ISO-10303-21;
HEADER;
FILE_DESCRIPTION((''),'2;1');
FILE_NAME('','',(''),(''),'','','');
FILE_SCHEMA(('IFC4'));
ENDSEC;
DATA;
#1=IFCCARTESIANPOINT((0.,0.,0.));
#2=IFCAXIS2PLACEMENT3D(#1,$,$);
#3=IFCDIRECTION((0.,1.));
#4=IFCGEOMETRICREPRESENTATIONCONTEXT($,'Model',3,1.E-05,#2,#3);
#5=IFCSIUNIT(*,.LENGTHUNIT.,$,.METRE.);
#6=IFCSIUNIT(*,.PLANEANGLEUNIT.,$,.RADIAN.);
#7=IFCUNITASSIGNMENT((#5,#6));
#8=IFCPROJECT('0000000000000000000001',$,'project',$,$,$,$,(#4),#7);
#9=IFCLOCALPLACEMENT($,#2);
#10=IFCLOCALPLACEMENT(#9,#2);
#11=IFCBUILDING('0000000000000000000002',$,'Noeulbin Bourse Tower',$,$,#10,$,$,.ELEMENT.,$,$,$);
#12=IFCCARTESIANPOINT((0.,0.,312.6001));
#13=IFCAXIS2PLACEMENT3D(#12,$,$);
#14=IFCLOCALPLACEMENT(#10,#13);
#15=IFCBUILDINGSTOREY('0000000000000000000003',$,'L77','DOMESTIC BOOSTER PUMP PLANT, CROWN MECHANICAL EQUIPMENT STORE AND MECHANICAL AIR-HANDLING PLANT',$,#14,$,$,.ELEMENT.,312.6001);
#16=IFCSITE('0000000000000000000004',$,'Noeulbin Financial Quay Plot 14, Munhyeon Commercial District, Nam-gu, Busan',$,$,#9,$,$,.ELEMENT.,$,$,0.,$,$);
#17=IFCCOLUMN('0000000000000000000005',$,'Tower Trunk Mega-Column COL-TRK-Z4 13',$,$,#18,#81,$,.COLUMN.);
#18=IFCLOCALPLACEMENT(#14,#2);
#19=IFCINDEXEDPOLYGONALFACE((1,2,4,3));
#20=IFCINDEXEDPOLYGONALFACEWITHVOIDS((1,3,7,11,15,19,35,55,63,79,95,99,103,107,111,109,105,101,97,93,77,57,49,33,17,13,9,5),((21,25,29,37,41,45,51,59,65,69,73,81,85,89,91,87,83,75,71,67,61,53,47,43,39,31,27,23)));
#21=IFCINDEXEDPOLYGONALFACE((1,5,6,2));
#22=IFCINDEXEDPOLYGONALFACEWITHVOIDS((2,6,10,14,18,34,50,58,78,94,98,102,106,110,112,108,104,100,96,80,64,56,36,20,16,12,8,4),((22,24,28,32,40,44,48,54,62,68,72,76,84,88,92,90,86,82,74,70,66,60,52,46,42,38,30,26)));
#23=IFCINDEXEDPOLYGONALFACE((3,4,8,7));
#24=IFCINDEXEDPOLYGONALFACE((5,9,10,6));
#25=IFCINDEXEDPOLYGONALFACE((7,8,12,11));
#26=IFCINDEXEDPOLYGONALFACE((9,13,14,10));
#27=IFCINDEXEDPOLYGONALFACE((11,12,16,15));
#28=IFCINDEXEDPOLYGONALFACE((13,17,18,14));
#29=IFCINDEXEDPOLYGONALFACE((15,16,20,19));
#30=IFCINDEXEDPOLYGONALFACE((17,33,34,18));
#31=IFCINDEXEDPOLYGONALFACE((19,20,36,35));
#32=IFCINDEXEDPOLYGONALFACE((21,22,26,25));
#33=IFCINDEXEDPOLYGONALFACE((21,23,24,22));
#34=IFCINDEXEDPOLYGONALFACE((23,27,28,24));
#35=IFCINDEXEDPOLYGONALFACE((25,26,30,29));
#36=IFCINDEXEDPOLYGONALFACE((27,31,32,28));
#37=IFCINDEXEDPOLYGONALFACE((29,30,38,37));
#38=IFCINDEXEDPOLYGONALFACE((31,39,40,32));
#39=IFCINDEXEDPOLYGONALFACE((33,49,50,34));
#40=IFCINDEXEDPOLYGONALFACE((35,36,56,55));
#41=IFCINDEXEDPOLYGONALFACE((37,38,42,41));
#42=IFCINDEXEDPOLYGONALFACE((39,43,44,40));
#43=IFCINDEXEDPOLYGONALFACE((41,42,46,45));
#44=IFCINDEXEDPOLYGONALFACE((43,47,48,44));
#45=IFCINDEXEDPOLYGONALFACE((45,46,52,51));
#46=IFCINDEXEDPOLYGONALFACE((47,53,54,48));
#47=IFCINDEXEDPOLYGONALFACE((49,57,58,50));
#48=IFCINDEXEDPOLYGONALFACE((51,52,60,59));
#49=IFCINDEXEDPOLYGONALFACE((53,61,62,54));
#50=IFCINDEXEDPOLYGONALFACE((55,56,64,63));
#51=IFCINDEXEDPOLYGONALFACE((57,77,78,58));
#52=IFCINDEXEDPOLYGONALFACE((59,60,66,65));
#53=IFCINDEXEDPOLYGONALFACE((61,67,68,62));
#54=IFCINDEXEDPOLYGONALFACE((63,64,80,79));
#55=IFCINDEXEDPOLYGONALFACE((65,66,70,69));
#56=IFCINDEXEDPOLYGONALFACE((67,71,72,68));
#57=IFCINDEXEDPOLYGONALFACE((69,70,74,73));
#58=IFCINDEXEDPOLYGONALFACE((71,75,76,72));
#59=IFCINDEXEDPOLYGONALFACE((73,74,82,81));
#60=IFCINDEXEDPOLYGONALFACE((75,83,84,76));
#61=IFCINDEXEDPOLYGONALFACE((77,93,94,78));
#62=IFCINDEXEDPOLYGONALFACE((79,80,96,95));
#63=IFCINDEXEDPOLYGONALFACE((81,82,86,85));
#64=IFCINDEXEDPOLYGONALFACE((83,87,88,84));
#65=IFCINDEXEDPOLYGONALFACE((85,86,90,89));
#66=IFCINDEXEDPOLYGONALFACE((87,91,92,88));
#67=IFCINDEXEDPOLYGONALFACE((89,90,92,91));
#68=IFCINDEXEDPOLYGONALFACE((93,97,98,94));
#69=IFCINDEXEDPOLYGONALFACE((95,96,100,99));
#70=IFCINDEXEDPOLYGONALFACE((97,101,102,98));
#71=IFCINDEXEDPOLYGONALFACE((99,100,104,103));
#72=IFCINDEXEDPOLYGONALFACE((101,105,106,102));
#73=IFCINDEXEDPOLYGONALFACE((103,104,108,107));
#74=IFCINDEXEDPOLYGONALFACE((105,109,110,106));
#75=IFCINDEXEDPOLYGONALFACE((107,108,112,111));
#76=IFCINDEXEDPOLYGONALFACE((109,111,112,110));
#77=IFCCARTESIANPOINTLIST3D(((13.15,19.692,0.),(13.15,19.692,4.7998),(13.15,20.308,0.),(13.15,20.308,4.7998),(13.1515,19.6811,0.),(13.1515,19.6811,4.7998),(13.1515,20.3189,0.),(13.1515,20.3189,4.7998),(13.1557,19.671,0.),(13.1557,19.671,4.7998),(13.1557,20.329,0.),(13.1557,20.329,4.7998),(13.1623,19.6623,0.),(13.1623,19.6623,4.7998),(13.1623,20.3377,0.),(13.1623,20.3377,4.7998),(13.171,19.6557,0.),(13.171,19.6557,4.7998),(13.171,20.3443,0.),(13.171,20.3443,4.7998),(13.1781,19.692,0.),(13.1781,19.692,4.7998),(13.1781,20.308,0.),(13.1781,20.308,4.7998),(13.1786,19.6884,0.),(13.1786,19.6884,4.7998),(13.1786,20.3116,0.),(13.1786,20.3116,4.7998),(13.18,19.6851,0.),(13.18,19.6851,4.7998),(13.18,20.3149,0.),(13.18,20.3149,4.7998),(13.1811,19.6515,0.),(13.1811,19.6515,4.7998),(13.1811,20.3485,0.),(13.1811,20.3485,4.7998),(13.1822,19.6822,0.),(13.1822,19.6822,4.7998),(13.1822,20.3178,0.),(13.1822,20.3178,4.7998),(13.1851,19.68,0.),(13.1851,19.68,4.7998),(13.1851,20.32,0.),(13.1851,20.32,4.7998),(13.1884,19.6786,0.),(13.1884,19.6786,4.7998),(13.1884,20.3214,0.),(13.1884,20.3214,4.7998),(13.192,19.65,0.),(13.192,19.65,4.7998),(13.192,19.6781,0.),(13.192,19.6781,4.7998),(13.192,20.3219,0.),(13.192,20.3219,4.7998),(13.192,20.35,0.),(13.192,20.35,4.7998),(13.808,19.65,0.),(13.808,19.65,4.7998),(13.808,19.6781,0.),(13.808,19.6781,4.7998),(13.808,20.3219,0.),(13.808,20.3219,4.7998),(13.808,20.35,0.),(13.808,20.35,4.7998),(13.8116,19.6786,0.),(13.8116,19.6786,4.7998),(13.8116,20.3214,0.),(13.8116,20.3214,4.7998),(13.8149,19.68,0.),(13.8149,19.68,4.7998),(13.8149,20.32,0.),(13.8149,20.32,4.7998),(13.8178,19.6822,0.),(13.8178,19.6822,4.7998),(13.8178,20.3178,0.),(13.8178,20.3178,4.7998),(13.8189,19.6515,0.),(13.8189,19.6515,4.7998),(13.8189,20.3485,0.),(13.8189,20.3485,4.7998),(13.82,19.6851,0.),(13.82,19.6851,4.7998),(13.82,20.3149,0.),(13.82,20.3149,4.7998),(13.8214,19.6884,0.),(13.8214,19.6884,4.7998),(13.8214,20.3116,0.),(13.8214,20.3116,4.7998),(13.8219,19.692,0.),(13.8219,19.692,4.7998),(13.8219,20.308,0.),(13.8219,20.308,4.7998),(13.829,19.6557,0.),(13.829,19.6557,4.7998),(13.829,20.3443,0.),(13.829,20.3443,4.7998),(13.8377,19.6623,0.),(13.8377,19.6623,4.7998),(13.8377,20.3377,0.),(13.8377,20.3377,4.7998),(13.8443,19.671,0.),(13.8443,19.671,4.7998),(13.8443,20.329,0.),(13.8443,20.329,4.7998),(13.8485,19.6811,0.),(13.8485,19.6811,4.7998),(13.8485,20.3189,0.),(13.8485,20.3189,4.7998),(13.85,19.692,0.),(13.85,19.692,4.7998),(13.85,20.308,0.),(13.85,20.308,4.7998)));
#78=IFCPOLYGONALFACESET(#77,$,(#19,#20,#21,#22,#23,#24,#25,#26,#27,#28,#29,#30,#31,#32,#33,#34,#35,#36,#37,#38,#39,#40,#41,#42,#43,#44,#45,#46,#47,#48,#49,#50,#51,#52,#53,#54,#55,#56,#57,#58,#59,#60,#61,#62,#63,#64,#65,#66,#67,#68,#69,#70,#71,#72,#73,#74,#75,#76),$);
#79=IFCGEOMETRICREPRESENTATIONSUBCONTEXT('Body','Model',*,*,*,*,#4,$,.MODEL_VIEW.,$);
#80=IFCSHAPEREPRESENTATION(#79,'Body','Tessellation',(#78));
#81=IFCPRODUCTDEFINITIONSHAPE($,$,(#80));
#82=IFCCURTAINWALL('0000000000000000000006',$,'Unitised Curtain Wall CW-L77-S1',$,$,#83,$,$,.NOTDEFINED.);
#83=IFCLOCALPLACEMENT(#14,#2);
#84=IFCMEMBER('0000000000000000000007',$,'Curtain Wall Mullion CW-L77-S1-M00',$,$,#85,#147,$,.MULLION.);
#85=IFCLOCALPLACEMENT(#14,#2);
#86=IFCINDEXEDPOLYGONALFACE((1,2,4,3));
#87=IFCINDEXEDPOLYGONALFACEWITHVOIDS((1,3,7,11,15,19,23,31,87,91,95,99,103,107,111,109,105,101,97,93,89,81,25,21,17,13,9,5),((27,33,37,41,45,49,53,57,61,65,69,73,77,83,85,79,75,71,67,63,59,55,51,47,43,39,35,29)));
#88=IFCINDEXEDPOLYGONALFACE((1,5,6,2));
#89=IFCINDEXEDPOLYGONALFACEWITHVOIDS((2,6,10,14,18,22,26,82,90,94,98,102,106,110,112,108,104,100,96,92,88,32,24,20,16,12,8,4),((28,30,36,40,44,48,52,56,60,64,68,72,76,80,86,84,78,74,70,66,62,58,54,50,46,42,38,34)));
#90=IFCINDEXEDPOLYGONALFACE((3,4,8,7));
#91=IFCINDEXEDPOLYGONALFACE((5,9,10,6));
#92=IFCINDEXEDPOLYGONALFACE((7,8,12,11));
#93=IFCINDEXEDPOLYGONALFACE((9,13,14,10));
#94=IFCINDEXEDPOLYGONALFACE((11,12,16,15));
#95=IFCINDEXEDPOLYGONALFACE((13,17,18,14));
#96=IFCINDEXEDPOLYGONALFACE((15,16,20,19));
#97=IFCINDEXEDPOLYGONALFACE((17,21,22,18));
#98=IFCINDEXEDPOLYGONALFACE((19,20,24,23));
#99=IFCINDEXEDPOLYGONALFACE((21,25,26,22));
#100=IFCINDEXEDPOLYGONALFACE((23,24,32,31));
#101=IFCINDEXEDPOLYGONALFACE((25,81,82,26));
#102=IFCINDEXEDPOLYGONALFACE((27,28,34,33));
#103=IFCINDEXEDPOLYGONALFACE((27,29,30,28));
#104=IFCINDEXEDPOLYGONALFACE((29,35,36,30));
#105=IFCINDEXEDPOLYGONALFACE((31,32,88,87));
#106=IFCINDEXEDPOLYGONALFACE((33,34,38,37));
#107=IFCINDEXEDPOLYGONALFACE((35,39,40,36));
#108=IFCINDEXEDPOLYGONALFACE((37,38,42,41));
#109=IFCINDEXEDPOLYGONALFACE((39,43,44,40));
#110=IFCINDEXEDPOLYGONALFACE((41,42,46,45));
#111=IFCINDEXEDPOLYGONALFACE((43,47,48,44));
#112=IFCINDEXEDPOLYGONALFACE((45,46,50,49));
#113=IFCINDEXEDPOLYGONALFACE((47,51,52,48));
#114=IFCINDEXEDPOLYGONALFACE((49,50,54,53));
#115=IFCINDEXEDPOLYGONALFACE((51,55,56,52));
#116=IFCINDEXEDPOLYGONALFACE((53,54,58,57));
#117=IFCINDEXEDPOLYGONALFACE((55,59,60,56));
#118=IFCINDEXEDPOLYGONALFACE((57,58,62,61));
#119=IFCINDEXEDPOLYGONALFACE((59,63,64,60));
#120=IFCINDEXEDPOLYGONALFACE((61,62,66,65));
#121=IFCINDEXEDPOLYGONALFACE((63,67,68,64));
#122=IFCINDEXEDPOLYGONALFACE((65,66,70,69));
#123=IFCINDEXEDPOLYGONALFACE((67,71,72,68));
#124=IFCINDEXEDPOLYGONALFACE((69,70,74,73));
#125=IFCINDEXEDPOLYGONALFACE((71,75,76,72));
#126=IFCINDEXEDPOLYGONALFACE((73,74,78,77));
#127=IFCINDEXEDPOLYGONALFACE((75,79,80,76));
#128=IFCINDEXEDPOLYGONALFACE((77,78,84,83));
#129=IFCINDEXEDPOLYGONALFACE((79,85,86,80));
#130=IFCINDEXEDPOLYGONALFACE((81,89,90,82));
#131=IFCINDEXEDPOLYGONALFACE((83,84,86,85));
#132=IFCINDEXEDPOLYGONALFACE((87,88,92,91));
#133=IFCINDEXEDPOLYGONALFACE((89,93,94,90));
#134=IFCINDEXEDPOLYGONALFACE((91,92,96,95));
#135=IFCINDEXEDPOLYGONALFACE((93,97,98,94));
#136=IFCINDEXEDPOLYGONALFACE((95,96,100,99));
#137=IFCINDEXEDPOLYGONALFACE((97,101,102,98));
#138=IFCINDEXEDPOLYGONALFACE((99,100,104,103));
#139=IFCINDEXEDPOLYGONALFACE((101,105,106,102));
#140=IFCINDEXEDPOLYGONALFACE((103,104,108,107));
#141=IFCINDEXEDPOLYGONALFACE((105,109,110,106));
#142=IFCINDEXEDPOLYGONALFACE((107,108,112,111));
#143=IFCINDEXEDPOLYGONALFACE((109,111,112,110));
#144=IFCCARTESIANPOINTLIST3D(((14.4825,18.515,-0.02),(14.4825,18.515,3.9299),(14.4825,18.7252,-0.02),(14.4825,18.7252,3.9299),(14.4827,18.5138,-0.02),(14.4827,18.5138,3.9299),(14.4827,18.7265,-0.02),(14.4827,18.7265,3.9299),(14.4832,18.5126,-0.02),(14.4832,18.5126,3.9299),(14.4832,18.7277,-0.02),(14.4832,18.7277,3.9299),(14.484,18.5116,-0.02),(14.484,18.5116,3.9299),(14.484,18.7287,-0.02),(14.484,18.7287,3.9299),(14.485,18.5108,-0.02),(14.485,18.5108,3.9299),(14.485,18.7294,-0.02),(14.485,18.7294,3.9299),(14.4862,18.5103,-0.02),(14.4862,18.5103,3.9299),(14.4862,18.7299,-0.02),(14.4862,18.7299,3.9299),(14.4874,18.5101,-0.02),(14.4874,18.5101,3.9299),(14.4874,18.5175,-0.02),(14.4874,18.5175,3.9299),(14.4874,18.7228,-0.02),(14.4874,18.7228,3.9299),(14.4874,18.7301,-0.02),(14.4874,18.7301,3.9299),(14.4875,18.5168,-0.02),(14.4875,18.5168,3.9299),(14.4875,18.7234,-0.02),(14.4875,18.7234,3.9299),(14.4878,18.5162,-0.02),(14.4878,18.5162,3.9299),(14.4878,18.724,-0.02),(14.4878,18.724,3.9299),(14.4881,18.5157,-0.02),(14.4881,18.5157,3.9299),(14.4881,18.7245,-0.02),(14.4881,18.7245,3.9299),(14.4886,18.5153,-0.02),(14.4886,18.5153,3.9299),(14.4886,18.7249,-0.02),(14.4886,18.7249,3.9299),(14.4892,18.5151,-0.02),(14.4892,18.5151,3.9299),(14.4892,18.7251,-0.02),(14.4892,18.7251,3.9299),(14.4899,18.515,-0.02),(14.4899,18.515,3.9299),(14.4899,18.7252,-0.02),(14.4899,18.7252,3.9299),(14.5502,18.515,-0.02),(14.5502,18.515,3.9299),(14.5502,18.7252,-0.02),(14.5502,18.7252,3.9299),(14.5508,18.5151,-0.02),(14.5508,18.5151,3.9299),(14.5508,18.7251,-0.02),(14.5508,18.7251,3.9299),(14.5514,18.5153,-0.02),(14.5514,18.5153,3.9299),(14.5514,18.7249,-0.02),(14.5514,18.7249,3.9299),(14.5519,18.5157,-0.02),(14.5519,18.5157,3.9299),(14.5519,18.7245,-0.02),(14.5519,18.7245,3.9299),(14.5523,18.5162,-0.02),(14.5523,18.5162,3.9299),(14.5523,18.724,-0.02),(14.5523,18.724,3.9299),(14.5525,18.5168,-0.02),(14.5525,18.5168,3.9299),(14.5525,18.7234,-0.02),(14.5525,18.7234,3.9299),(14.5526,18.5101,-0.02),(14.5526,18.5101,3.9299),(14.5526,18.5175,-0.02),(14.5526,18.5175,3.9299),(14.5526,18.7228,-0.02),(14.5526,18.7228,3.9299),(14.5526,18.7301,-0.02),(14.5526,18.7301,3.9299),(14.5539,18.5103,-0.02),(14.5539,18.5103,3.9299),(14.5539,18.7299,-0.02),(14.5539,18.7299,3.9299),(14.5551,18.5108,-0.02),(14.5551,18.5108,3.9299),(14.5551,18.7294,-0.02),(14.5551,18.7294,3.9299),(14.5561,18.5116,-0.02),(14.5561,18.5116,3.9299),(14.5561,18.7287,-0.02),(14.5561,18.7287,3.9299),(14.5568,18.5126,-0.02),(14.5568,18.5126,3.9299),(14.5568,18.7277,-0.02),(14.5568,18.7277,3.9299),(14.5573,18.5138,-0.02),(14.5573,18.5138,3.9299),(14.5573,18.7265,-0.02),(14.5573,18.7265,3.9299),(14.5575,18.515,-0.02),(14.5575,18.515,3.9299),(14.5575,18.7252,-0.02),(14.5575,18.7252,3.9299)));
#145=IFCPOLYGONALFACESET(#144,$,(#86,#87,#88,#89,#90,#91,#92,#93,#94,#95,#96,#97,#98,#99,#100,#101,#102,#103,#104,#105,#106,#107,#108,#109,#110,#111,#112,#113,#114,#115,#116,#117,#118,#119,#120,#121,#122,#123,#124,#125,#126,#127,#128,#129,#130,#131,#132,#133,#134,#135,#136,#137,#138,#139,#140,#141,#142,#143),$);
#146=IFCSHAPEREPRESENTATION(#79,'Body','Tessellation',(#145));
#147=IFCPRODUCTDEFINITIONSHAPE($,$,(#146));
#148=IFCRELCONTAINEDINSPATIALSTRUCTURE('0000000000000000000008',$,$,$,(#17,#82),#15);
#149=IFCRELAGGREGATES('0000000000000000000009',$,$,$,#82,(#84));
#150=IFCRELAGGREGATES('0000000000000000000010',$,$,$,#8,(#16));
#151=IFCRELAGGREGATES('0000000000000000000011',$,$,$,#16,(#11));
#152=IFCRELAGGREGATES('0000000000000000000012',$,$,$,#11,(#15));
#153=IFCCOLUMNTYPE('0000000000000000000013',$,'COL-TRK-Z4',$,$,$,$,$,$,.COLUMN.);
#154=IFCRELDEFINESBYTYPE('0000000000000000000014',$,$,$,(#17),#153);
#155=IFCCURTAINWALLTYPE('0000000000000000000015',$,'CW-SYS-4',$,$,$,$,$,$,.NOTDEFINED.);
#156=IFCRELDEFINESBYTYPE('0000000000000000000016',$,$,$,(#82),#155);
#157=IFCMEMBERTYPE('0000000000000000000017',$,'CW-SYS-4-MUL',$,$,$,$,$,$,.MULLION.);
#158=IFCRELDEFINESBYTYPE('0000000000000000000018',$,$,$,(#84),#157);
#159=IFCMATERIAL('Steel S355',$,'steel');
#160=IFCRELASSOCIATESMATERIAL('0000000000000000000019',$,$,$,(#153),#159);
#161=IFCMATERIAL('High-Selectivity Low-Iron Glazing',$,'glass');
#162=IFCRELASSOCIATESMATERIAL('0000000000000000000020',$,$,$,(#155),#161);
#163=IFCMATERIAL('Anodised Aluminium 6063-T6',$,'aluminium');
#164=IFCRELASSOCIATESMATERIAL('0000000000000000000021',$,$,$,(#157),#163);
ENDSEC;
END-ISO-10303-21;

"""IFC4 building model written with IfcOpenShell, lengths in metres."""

from ifc_helpers import new_model, si_unit, direction, frame, origin, origin_2d, place, context, subcontext, project, spatial, hollow_rectangle, extrude, material, material_profile, profile_set, type_object, element, aggregate, save


model = new_model("IFC4")

# Units and contexts
model_context = context("Model", 3, precision=1e-05, world=origin(), true_north=direction((0.0, 1.0)))
body_context = subcontext(model_context, "Body", "Model", "MODEL_VIEW")
ifc_project = project(units=[si_unit("LENGTHUNIT", "METRE"), si_unit("PLANEANGLEUNIT", "RADIAN")], contexts=[model_context])

# Site, building, storey
site_placement = place(None, origin())
site = spatial("IfcSite", under=ifc_project, at=site_placement, Name="Noeulbin Financial Quay Plot 14, Munhyeon Commercial District, Nam-gu, Busan", CompositionType="ELEMENT", RefElevation=0.0)
building_placement = place(site_placement, origin())
building = spatial("IfcBuilding", under=site, at=building_placement, Name="Noeulbin Bourse Tower", CompositionType="ELEMENT")
storey_placement = place(building_placement, frame((0.0, 0.0, 312.6001)))
storey = spatial("IfcBuildingStorey", under=building, at=storey_placement, Name="L77", Description="DOMESTIC BOOSTER PUMP PLANT, CROWN MECHANICAL EQUIPMENT STORE AND MECHANICAL AIR-HANDLING PLANT", CompositionType="ELEMENT", Elevation=312.6001)

# Column
ifc_material_1 = material(Name="Steel S355", Category="steel")
ifc_material_profile_1 = material_profile(ifc_material_1, hollow_rectangle(XDim=0.7, YDim=0.7, WallThickness=0.0281, InnerFilletRadius=0.0139, OuterFilletRadius=0.042, at=origin_2d()), Name="BOX-700x700x28", Category="LoadBearing")
ifc_profile_set_1 = profile_set([ifc_material_profile_1], Name="Steel S355")
column_type = type_object("IfcColumnType", Name="COL-TRK-Z4", PredefinedType="COLUMN", material=ifc_profile_set_1)
column_placement = place(storey_placement, frame((13.5, 20.0, 0.0), z_axis=(0.0, 0.0, 1.0), x_axis=(1.0, 0.0, 0.0)))
element("IfcColumn", 1, at=column_placement, inside=storey, type_object=column_type, Name="Tower Trunk Mega-Column COL-TRK-Z4 13", PredefinedType="COLUMN", context=body_context, shape_type="SweptSolid", body=[
    extrude(hollow_rectangle(XDim=0.7, YDim=0.7, WallThickness=0.0281, InnerFilletRadius=0.0139, OuterFilletRadius=0.042, at=origin_2d()), origin(), (0.0, 0.0, 1.0), 4.7998),
])

# Curtain wall, member
ifc_material_2 = material(Name="High-Selectivity Low-Iron Glazing", Category="glass")
curtain_wall_type = type_object("IfcCurtainWallType", Name="CW-SYS-4", PredefinedType="NOTDEFINED", material=ifc_material_2)
curtain_wall_1_placement = place(storey_placement, origin())
curtain_wall_1 = element("IfcCurtainWall", 2, at=curtain_wall_1_placement, inside=storey, type_object=curtain_wall_type, Name="Unitised Curtain Wall CW-L77-S1", PredefinedType="NOTDEFINED")
ifc_material_3 = material(Name="Anodised Aluminium 6063-T6", Category="aluminium")
ifc_material_profile_2 = material_profile(ifc_material_3, hollow_rectangle(XDim=0.075, YDim=0.22, WallThickness=0.0049, InnerFilletRadius=0.0024, OuterFilletRadius=0.0049, at=origin_2d()), Name="ALU-MULL-75x220x5", Category="LoadBearing")
ifc_profile_set_2 = profile_set([ifc_material_profile_2], Name="Anodised Aluminium 6063-T6")
member_type_1 = type_object("IfcMemberType", Name="CW-SYS-4-MUL", PredefinedType="MULLION", material=ifc_profile_set_2)
member_1_placement = place(storey_placement, frame((14.52, 18.6201, -0.02), z_axis=(0.0, 0.0, 1.0), x_axis=(1.0, 0.0, 0.0)))
member_1 = element("IfcMember", 3, at=member_1_placement, type_object=member_type_1, Name="Curtain Wall Mullion CW-L77-S1-M00", PredefinedType="MULLION", context=body_context, shape_type="SweptSolid", body=[
    extrude(hollow_rectangle(XDim=0.075, YDim=0.22, WallThickness=0.0049, InnerFilletRadius=0.0024, OuterFilletRadius=0.0049, at=origin_2d()), origin(), (0.0, 0.0, 1.0), 3.95),
])

aggregate(curtain_wall_1, [member_1])

save(model, "model.ifc")
